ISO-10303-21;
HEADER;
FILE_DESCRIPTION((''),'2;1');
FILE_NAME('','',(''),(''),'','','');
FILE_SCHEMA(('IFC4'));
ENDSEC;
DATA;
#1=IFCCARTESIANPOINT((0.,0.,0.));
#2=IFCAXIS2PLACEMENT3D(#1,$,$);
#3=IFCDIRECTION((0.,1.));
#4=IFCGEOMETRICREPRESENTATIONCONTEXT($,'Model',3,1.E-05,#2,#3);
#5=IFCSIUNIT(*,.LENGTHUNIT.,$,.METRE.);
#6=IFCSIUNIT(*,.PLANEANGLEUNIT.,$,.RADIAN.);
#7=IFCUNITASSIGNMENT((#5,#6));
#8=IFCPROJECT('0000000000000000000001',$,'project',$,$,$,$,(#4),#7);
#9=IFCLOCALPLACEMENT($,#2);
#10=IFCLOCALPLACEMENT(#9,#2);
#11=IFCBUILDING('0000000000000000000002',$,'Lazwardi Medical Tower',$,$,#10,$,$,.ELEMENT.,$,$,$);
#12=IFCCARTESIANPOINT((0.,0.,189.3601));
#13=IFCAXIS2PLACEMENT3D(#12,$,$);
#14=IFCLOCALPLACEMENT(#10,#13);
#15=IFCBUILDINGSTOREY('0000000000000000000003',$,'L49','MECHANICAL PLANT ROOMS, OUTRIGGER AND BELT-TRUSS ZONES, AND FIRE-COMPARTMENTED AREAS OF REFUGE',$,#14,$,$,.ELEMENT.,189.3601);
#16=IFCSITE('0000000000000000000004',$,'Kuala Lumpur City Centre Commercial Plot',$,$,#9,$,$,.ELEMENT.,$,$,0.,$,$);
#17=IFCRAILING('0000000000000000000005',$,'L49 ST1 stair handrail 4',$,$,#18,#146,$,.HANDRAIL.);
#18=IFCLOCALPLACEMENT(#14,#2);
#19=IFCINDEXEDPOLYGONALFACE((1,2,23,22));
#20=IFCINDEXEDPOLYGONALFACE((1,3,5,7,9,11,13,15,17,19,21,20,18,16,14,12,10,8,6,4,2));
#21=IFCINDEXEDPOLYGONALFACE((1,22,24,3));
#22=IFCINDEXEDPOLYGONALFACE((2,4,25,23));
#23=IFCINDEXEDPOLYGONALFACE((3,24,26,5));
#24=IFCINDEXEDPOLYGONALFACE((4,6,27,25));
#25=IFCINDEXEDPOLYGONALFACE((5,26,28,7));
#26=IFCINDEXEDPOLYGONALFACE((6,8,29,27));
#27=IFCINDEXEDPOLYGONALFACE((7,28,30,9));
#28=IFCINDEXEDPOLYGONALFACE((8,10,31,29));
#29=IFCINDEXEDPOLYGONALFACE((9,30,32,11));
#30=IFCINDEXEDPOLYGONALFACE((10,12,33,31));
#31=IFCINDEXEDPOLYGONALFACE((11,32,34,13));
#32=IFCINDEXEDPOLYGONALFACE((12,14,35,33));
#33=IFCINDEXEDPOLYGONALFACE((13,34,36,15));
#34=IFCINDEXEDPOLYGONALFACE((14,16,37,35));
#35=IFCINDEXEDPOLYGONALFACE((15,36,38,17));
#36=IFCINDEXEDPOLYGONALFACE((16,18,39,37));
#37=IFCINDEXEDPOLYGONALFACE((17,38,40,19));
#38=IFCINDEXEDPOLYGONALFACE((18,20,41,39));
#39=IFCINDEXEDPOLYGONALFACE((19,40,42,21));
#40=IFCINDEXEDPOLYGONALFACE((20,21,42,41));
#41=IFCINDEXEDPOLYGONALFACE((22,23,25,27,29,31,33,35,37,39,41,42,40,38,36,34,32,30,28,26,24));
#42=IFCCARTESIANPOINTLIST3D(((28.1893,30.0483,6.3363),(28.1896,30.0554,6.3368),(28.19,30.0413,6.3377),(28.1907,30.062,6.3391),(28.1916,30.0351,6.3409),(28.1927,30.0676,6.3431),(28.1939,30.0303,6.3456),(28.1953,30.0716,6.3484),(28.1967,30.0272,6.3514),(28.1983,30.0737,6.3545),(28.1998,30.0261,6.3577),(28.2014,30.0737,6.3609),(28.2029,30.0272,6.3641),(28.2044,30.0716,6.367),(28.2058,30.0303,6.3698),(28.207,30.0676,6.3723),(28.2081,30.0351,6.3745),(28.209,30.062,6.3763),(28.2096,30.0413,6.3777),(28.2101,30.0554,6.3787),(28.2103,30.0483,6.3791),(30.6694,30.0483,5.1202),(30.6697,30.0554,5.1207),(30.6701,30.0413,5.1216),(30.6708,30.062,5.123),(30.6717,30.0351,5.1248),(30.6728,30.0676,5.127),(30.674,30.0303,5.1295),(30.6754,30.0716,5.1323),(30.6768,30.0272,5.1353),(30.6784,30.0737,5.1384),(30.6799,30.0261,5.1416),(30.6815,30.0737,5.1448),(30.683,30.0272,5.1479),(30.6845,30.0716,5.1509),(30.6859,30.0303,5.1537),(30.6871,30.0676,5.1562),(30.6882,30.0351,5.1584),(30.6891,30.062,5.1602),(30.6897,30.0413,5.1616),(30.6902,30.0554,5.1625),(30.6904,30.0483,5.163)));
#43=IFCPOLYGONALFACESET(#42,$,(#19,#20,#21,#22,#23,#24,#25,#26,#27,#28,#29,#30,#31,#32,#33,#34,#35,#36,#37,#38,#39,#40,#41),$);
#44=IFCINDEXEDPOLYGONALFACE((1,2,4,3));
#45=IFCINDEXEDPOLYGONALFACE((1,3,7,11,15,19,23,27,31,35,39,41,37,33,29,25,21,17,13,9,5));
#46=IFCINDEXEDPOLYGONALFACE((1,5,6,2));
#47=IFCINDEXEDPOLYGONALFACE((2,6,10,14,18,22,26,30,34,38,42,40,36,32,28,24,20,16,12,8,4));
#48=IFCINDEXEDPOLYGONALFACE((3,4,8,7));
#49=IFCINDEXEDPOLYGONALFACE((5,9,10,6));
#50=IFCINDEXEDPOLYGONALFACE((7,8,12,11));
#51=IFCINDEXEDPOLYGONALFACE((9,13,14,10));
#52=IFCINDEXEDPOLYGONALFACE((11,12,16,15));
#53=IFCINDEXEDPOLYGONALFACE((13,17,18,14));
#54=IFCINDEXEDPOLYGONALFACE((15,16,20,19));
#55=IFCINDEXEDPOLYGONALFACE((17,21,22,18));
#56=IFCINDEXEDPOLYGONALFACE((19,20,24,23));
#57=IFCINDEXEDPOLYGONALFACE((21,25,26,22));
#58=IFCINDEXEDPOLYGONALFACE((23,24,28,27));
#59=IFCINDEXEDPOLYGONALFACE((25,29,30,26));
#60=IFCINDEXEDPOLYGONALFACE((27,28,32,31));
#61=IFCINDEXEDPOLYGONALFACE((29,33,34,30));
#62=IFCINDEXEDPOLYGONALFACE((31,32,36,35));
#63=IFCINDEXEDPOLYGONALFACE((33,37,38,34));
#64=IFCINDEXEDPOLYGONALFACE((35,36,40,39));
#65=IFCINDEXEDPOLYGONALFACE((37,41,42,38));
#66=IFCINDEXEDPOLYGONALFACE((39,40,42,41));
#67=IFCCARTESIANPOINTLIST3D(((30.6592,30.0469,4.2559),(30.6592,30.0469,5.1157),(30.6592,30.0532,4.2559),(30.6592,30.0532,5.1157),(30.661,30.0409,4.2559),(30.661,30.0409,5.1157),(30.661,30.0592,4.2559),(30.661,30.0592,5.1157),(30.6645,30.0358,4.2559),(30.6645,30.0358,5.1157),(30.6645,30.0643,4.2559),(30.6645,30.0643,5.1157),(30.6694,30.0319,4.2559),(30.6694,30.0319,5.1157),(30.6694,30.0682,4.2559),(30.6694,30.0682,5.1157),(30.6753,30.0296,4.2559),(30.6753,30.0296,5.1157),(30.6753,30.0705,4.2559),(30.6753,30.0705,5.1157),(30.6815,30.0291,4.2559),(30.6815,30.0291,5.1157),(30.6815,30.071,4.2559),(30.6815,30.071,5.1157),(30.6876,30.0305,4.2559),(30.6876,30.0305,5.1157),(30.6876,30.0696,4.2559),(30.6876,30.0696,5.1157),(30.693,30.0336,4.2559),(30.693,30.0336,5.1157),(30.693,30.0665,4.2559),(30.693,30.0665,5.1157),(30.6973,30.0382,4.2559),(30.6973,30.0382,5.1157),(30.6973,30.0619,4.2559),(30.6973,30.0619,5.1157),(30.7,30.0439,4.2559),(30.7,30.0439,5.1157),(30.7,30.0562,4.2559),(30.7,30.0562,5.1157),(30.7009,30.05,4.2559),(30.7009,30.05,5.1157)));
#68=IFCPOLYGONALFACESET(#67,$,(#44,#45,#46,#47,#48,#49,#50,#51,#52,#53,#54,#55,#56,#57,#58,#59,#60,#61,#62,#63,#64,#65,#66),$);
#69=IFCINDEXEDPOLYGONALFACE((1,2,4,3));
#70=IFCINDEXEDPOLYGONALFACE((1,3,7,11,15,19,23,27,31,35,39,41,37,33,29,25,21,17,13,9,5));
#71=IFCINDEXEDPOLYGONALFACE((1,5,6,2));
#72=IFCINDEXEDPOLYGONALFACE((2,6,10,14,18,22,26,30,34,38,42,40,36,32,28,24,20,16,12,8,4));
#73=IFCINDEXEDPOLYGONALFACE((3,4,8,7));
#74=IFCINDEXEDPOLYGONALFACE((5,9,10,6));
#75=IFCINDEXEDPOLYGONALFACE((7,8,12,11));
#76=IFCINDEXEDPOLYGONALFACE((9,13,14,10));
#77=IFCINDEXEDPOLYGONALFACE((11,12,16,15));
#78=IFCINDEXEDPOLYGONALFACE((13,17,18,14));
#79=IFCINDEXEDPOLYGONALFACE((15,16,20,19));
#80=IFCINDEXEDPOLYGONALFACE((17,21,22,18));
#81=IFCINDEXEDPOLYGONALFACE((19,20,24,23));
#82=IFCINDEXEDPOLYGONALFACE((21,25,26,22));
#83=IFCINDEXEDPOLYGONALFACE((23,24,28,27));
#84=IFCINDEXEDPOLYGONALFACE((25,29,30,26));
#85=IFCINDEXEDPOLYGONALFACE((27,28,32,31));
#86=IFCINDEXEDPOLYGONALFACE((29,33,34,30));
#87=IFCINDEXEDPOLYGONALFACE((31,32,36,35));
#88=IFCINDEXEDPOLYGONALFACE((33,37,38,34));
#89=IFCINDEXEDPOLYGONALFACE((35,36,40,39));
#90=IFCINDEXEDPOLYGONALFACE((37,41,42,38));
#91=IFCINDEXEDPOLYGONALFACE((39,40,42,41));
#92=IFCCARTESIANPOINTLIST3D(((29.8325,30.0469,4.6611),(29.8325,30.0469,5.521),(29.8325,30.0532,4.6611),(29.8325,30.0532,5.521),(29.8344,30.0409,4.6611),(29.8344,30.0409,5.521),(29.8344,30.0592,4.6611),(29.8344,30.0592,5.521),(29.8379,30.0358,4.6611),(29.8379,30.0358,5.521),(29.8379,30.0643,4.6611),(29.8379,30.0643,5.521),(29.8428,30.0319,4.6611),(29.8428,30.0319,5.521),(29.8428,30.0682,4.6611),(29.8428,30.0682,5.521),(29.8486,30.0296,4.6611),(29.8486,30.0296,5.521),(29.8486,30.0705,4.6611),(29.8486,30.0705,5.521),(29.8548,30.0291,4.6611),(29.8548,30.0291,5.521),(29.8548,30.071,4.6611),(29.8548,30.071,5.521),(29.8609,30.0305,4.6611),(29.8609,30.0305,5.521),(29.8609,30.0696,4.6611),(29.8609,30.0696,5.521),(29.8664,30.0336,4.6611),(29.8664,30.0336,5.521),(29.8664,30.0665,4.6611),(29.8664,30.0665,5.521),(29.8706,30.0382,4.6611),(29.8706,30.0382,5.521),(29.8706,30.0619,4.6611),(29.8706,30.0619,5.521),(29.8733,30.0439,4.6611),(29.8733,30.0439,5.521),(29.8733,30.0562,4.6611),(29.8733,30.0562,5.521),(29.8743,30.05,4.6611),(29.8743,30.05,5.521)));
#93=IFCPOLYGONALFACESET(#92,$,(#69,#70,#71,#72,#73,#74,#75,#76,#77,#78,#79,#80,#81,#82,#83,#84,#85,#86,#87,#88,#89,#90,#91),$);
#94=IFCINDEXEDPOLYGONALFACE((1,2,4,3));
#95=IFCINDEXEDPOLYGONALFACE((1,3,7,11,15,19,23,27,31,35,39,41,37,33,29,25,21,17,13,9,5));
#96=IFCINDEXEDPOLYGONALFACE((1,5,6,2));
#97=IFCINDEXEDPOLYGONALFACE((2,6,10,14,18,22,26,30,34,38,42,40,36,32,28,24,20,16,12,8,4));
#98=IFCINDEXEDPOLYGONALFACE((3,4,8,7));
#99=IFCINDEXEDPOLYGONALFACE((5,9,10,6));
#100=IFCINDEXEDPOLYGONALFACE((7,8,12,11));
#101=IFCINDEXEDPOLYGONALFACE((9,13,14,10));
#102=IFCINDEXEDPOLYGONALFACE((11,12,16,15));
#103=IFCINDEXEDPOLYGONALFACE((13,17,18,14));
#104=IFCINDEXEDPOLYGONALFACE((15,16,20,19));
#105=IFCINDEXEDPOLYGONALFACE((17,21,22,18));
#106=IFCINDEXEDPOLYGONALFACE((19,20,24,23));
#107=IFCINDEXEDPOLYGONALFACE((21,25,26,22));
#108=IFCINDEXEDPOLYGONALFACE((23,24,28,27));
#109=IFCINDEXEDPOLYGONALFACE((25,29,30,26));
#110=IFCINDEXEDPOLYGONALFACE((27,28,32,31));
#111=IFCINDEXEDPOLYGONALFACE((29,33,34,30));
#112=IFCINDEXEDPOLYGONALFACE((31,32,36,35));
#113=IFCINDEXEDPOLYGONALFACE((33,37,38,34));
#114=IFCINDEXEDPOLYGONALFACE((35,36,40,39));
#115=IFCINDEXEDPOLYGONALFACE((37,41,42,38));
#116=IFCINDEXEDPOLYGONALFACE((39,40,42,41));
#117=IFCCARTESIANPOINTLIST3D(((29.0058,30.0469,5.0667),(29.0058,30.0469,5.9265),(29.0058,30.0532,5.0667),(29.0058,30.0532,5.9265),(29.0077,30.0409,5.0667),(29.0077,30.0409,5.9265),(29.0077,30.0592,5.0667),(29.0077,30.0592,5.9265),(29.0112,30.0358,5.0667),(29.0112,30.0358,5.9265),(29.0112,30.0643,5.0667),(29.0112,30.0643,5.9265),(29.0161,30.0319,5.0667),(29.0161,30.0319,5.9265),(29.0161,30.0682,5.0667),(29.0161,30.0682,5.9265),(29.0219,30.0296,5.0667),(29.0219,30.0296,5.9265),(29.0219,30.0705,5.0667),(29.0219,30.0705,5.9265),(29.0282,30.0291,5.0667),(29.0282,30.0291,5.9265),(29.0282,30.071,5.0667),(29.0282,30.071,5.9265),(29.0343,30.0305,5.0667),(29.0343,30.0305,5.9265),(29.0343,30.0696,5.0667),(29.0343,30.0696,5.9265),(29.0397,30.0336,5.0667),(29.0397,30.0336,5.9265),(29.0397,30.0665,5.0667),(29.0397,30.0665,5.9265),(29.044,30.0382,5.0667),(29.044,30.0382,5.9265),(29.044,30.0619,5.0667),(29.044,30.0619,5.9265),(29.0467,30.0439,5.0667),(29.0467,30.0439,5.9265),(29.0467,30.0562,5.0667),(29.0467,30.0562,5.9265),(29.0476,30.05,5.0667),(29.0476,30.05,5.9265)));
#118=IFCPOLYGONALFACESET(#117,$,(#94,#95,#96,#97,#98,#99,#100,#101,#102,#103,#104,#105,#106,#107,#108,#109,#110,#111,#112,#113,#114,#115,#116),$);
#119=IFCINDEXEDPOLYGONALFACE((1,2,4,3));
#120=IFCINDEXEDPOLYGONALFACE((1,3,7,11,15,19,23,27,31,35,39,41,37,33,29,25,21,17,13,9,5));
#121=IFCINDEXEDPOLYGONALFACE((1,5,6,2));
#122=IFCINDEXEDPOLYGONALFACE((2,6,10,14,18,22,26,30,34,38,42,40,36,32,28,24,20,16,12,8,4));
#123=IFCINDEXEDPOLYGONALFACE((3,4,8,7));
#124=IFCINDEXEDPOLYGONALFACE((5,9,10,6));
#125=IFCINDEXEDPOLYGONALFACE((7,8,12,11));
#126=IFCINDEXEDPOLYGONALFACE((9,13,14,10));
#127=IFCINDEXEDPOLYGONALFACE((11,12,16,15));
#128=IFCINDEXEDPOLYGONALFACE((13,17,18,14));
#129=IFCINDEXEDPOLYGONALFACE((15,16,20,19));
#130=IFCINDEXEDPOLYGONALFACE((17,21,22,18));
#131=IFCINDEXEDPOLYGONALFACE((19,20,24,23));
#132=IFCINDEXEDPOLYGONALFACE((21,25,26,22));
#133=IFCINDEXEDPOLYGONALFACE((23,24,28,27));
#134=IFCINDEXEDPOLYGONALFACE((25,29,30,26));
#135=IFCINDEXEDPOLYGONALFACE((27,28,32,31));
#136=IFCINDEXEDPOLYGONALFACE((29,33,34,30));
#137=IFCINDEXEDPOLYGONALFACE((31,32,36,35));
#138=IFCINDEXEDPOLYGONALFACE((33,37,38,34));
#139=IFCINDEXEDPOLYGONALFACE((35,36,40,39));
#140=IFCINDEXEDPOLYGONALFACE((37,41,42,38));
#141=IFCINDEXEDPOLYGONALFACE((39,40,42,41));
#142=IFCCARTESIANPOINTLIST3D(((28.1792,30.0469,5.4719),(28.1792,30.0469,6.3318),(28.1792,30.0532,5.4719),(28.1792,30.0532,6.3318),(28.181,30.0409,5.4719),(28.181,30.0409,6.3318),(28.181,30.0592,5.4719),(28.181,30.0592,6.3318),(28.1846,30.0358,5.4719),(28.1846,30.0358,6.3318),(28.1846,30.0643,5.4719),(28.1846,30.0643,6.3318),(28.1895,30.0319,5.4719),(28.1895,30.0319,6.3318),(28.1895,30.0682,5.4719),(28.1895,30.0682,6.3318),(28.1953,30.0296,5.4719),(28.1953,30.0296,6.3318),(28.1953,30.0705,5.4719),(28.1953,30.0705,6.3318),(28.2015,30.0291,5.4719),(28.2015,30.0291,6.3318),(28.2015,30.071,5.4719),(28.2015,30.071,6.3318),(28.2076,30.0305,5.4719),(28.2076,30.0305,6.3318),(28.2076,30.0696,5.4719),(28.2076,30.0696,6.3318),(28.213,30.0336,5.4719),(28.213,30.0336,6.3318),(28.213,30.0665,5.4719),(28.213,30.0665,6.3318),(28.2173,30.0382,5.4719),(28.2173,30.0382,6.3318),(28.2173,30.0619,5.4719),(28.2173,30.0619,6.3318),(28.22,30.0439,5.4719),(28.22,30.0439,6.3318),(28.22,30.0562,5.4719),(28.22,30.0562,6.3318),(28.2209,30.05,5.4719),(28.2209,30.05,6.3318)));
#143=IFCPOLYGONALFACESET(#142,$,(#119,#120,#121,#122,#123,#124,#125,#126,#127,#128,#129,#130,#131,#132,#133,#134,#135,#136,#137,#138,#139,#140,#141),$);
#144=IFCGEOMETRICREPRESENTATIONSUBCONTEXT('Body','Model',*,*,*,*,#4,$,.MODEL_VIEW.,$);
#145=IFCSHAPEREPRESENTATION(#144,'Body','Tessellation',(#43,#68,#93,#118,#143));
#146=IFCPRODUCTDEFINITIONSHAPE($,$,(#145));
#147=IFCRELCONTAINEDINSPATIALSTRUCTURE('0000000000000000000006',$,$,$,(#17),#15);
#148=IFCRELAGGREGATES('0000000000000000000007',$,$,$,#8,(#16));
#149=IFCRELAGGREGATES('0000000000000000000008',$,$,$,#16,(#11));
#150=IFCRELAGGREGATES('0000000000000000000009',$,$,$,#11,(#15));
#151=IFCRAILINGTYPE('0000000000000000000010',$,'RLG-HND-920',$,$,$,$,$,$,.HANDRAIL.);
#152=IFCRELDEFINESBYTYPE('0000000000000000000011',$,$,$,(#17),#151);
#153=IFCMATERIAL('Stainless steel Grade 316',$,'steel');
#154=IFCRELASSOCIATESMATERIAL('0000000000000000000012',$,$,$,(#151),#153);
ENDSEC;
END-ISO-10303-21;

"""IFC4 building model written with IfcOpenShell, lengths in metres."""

from ifc_helpers import new_model, si_unit, direction, frame, origin, origin_2d, place, context, subcontext, project, spatial, circle, extrude, material, type_object, element, save


model = new_model("IFC4")

# Units and contexts
model_context = context("Model", 3, precision=1e-05, world=origin(), true_north=direction((0.0, 1.0)))
body_context = subcontext(model_context, "Body", "Model", "MODEL_VIEW")
ifc_project = project(units=[si_unit("LENGTHUNIT", "METRE"), si_unit("PLANEANGLEUNIT", "RADIAN")], contexts=[model_context])

# Site, building, storey
site_placement = place(None, origin())
site = spatial("IfcSite", under=ifc_project, at=site_placement, Name="Kuala Lumpur City Centre Commercial Plot", CompositionType="ELEMENT", RefElevation=0.0)
building_placement = place(site_placement, origin())
building = spatial("IfcBuilding", under=site, at=building_placement, Name="Lazwardi Medical Tower", CompositionType="ELEMENT")
storey_placement = place(building_placement, frame((0.0, 0.0, 189.3601)))
storey = spatial("IfcBuildingStorey", under=building, at=storey_placement, Name="L49", Description="MECHANICAL PLANT ROOMS, OUTRIGGER AND BELT-TRUSS ZONES, AND FIRE-COMPARTMENTED AREAS OF REFUGE", CompositionType="ELEMENT", Elevation=189.3601)

# Railing
ifc_material_1 = material(Name="Stainless steel Grade 316", Category="steel")
railing_type_1 = type_object("IfcRailingType", Name="RLG-HND-920", PredefinedType="HANDRAIL", material=ifc_material_1)
for number, where, name in (
    (1, (30.6799, 30.05, 4.2559), "L49 ST1 stair handrail 4"),
):
    element("IfcRailing", number, at=place(storey_placement, frame(where)), inside=storey, type_object=railing_type_1, Name=name, PredefinedType="HANDRAIL", context=body_context, shape_type="SweptSolid", body=[
        extrude(circle(Radius=0.0239, at=origin_2d()), frame((0.0, 0.0, 0.8857), z_axis=(-0.897865, 0.0, 0.44027), x_axis=(0.0, -1.0, 0.0)), (0.0, 0.0, 1.0), 2.7622),
        extrude(circle(Radius=0.021, at=origin_2d()), origin(), (0.0, 0.0, 1.0), 0.8599),
        extrude(circle(Radius=0.021, at=origin_2d()), frame((-0.8267, 0.0, 0.4053)), (0.0, 0.0, 1.0), 0.8599),
        extrude(circle(Radius=0.021, at=origin_2d()), frame((-1.6533, 0.0, 0.8108)), (0.0, 0.0, 1.0), 0.8599),
        extrude(circle(Radius=0.021, at=origin_2d()), frame((-2.48, 0.0, 1.2161)), (0.0, 0.0, 1.0), 0.8599),
    ])

save(model, "model.ifc")
